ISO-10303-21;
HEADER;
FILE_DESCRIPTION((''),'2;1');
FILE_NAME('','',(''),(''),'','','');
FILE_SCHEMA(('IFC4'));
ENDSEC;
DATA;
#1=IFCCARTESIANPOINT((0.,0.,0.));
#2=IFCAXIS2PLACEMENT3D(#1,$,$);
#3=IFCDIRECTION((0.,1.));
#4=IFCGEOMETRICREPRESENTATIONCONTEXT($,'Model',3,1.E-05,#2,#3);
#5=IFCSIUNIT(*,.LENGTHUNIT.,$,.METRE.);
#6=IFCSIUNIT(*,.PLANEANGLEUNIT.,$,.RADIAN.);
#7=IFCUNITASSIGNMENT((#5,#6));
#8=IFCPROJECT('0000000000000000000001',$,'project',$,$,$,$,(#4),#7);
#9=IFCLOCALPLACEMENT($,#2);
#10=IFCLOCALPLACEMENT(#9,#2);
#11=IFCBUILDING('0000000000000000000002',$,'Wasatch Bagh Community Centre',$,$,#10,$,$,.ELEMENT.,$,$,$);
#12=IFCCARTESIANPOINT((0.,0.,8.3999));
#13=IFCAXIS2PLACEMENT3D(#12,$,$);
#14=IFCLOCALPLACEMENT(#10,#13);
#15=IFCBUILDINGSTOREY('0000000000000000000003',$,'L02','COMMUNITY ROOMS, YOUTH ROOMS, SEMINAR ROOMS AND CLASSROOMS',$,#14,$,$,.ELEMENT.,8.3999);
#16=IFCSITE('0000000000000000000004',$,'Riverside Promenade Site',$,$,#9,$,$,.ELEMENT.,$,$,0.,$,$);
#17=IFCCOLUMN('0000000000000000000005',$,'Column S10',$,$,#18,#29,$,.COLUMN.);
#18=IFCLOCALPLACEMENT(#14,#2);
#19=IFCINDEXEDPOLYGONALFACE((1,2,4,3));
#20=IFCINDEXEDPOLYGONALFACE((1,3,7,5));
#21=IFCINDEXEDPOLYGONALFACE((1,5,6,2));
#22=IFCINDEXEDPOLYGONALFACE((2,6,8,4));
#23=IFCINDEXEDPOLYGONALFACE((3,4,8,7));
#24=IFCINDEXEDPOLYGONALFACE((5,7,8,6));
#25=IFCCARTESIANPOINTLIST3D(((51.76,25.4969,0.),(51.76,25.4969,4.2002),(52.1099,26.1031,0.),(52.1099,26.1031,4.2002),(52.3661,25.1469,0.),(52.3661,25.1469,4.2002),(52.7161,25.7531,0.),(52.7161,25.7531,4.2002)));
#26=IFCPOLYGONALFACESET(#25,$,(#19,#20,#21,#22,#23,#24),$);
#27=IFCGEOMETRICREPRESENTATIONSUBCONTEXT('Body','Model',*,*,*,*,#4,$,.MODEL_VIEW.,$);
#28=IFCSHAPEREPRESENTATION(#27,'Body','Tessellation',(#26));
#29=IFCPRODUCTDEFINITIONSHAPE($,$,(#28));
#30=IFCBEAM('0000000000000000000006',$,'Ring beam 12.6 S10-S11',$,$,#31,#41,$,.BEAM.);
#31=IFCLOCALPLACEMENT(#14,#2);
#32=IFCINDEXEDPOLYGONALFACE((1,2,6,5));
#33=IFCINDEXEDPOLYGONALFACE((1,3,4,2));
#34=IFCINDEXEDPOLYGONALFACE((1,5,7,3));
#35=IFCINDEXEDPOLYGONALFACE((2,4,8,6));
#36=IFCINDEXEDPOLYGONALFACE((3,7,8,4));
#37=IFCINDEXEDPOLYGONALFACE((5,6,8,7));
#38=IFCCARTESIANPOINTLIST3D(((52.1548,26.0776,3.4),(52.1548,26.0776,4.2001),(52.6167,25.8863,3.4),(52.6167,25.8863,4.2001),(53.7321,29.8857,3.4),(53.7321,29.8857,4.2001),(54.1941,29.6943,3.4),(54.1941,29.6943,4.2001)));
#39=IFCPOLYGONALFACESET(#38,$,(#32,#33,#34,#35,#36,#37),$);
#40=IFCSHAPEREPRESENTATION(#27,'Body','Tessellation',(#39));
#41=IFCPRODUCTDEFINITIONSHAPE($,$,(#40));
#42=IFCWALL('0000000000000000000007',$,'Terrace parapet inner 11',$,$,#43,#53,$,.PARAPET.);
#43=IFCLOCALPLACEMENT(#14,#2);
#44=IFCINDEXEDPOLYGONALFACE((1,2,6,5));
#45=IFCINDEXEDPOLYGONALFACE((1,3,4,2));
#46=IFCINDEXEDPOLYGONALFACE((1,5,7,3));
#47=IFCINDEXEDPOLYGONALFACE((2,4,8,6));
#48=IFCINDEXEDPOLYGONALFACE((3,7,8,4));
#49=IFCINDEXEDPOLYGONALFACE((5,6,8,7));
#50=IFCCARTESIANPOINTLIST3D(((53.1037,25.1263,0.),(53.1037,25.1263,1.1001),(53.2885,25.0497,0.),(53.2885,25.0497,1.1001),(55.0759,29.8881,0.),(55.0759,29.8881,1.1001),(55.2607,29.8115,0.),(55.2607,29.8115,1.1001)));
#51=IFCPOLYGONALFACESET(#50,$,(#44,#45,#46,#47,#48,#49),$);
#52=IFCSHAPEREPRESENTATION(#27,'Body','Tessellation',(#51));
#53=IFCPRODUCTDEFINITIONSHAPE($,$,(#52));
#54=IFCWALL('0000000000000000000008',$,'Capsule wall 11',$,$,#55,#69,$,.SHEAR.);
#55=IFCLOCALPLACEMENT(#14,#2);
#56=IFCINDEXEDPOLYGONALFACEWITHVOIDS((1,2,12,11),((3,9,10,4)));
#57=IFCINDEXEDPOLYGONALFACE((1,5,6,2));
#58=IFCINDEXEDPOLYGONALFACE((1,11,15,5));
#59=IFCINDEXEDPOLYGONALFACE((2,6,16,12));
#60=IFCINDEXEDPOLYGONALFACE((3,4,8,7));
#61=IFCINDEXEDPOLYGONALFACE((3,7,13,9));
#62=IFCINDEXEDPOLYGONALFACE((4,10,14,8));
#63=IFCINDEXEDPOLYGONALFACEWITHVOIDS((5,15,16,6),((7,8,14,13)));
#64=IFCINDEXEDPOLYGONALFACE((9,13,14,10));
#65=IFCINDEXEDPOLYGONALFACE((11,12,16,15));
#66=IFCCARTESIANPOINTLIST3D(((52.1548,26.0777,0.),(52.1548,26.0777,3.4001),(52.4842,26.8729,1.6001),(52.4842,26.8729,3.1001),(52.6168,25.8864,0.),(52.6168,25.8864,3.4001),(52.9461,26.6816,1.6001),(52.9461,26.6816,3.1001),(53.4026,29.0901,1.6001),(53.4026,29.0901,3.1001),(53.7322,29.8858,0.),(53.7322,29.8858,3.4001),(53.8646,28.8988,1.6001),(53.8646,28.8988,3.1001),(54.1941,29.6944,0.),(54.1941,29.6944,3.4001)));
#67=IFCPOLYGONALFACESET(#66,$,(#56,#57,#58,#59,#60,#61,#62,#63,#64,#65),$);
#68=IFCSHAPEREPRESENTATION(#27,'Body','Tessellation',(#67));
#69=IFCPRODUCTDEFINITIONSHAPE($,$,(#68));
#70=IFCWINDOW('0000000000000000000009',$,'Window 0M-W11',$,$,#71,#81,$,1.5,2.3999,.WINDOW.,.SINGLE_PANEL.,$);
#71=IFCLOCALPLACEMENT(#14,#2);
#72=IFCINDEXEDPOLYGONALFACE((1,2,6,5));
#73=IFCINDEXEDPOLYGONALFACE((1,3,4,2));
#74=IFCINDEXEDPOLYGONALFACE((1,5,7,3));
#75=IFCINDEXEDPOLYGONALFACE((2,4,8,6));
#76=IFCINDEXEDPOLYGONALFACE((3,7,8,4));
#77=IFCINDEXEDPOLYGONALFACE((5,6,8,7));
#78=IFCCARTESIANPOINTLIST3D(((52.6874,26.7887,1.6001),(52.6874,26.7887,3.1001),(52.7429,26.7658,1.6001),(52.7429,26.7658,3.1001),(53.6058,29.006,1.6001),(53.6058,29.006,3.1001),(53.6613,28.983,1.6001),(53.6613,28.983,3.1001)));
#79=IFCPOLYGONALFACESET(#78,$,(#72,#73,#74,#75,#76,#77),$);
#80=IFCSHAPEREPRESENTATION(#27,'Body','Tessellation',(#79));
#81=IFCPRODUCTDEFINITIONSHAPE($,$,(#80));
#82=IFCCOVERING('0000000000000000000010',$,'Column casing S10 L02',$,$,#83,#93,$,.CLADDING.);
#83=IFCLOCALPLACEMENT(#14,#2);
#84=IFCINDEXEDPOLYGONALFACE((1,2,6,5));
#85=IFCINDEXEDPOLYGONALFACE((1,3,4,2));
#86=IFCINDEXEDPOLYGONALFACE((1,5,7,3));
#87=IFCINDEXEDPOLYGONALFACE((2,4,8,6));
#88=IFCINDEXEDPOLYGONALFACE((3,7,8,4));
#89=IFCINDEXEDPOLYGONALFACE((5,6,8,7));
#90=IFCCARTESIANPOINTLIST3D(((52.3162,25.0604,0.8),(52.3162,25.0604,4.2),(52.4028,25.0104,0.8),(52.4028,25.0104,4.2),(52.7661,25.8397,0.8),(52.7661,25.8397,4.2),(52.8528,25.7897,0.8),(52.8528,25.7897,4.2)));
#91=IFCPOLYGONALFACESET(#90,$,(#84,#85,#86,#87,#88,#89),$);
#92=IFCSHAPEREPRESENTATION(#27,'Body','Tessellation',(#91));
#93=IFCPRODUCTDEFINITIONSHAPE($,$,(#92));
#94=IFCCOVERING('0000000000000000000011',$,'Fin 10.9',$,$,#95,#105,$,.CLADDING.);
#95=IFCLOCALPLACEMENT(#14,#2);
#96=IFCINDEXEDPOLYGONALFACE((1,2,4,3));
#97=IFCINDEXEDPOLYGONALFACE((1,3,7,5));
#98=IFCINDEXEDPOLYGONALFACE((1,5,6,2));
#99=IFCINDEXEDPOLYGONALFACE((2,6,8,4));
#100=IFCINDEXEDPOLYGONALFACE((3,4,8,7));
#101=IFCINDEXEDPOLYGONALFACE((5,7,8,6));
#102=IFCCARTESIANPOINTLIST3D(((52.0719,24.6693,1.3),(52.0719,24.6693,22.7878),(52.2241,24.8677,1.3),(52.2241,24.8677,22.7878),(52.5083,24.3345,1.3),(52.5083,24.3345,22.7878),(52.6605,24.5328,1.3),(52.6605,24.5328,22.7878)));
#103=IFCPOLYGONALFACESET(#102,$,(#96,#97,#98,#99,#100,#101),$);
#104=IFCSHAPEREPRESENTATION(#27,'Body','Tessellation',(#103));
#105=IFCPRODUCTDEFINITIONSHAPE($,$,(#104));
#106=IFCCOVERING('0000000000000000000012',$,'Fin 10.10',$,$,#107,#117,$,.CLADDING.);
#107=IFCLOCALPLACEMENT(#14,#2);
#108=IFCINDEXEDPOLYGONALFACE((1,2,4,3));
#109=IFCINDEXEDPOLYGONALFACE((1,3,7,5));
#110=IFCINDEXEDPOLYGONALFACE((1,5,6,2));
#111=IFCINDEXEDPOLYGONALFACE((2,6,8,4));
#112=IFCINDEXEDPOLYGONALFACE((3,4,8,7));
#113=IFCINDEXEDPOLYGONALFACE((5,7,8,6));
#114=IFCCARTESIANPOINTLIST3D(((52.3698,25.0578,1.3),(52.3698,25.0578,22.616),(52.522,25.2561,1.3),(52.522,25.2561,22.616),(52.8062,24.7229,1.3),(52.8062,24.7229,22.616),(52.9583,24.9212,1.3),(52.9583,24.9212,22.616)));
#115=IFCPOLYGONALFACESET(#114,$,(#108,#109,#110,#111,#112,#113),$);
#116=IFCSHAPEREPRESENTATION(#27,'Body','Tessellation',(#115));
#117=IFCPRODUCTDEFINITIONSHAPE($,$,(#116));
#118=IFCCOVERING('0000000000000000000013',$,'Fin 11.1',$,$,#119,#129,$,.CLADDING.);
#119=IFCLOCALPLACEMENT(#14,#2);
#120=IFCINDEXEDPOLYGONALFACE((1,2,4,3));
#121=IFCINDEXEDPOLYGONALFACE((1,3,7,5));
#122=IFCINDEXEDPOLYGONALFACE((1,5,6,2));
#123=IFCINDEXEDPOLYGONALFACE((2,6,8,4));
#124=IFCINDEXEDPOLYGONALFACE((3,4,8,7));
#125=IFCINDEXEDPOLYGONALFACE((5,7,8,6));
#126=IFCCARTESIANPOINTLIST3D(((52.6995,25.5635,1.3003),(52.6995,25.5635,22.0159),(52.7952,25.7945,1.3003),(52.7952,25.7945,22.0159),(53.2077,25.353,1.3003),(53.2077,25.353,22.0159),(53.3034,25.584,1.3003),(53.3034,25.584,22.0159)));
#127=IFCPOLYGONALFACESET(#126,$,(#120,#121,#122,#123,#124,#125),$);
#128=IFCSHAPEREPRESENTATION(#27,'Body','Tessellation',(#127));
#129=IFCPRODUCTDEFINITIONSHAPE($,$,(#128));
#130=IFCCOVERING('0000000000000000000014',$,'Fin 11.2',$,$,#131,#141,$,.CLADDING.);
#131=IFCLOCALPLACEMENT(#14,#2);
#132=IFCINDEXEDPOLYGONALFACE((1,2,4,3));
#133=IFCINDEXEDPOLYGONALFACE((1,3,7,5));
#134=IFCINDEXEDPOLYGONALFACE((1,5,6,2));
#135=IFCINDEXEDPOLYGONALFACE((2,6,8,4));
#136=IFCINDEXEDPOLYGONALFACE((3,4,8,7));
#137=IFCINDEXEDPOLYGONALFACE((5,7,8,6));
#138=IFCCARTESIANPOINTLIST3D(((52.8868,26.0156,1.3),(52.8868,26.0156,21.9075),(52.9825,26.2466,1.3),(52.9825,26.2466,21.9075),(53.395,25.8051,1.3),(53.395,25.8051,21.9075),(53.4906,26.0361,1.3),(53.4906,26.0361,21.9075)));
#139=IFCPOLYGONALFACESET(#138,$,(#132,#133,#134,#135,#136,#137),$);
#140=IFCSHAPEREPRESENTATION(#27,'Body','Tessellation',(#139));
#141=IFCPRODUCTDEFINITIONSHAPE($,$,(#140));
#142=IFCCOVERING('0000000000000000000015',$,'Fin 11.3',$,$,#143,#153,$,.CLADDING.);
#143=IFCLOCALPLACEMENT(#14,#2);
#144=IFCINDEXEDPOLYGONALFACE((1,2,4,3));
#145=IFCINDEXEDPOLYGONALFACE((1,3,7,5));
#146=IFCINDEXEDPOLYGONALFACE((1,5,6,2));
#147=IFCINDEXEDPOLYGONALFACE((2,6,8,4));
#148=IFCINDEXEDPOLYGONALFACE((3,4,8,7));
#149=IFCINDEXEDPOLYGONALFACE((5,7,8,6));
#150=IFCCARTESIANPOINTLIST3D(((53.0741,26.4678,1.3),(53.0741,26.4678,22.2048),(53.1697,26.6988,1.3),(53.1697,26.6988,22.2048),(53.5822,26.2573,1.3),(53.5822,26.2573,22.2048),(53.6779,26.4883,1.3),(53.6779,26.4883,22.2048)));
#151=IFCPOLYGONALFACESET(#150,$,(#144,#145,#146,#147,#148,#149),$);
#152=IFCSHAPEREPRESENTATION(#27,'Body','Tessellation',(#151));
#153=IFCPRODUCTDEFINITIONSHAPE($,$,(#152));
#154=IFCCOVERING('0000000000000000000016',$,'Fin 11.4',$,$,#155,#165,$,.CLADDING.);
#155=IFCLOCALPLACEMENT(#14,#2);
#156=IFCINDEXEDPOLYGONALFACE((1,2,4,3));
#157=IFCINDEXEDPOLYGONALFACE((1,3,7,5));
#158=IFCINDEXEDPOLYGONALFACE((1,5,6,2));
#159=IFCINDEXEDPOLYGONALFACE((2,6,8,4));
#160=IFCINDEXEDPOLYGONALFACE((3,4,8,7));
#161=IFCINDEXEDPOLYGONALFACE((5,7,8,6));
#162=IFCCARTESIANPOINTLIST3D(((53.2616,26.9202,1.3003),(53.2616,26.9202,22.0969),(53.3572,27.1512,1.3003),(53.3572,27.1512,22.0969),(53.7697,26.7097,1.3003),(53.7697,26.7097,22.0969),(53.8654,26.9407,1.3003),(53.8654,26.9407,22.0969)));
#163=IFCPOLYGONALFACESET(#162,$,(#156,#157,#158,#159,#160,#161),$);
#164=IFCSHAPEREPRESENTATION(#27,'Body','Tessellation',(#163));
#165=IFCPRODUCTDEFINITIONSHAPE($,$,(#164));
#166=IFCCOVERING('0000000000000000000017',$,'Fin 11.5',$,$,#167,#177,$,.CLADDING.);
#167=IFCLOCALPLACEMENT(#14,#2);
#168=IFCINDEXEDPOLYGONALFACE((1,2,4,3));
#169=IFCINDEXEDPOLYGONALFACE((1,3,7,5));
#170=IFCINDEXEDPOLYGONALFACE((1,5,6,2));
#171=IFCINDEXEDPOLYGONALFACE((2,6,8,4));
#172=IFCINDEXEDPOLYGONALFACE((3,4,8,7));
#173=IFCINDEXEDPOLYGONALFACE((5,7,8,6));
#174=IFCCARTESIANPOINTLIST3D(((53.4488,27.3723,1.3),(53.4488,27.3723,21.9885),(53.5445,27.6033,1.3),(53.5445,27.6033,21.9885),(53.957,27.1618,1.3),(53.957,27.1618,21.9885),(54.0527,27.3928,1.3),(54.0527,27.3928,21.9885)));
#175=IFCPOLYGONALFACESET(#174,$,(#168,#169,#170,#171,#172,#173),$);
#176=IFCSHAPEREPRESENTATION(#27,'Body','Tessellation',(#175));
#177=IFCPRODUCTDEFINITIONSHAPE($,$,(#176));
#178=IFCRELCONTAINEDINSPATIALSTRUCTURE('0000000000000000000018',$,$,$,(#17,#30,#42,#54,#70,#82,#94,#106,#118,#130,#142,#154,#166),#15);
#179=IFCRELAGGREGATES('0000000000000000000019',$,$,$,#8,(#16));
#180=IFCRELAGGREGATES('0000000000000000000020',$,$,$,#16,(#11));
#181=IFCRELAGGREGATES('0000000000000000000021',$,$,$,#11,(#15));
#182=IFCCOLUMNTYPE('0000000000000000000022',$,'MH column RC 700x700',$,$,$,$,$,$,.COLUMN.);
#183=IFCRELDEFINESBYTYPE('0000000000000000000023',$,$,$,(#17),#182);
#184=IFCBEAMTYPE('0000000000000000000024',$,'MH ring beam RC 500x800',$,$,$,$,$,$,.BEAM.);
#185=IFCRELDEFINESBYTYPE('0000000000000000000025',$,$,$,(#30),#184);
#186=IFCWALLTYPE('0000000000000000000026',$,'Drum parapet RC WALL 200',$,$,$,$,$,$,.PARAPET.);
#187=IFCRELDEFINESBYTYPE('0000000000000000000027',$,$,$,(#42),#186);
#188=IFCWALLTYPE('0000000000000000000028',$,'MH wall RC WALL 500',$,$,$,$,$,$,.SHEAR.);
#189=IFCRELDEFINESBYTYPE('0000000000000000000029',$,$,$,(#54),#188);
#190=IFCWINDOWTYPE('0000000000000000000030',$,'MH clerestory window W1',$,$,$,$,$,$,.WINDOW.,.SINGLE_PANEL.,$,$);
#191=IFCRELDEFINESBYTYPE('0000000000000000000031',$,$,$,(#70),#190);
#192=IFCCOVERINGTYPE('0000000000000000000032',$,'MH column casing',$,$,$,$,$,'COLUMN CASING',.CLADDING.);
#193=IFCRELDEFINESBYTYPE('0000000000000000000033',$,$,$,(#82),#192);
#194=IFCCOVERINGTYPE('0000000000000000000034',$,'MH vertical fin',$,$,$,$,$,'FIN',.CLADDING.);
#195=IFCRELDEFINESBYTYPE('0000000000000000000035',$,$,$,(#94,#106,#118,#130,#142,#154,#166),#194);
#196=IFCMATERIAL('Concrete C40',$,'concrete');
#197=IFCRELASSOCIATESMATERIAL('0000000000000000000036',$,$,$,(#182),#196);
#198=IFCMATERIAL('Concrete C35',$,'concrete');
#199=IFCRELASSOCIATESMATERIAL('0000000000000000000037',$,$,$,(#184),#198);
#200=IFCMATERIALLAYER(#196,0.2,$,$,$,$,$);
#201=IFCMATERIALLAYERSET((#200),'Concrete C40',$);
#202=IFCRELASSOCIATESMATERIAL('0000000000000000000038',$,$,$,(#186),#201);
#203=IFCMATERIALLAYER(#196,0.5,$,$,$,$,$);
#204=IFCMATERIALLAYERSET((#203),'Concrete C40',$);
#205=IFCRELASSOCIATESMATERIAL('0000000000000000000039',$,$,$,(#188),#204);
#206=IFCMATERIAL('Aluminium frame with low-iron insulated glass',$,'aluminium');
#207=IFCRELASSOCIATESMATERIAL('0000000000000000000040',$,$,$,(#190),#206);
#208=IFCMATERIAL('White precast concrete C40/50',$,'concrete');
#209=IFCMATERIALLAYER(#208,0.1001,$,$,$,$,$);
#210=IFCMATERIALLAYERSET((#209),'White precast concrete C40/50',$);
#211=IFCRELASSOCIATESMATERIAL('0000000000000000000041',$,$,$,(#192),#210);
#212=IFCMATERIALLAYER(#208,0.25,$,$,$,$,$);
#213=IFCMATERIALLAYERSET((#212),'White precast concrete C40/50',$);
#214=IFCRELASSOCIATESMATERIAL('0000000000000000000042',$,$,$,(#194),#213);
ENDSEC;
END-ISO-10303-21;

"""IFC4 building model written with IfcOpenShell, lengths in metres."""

from ifc_helpers import new_model, si_unit, direction, frame, frame_2d, origin, origin_2d, place, context, subcontext, project, spatial, rectangle, extrude, material, layer, layer_set, material_profile, profile_set, type_object, element, fill, save


model = new_model("IFC4")

# Units and contexts
model_context = context("Model", 3, precision=1e-05, world=origin(), true_north=direction((0.0, 1.0)))
body_context = subcontext(model_context, "Body", "Model", "MODEL_VIEW")
ifc_project = project(units=[si_unit("LENGTHUNIT", "METRE"), si_unit("PLANEANGLEUNIT", "RADIAN")], contexts=[model_context])

# Site, building, storey
site_placement = place(None, origin())
site = spatial("IfcSite", under=ifc_project, at=site_placement, Name="Riverside Promenade Site", CompositionType="ELEMENT", RefElevation=0.0)
building_placement = place(site_placement, origin())
building = spatial("IfcBuilding", under=site, at=building_placement, Name="Wasatch Bagh Community Centre", CompositionType="ELEMENT")
storey_placement = place(building_placement, frame((0.0, 0.0, 8.3999)))
storey = spatial("IfcBuildingStorey", under=building, at=storey_placement, Name="L02", Description="COMMUNITY ROOMS, YOUTH ROOMS, SEMINAR ROOMS AND CLASSROOMS", CompositionType="ELEMENT", Elevation=8.3999)

# Column
ifc_material_1 = material(Name="Concrete C40", Category="concrete")
ifc_material_profile_1 = material_profile(ifc_material_1, rectangle(XDim=0.7, YDim=0.7, at=origin_2d()), Name="RC 700x700")
ifc_profile_set_1 = profile_set([ifc_material_profile_1], Name="Concrete C40")
column_type = type_object("IfcColumnType", Name="MH column RC 700x700", PredefinedType="COLUMN", material=ifc_profile_set_1)
column_placement = place(storey_placement, frame((52.238, 25.625, 0.0), z_axis=(0.0, 0.0, 1.0), x_axis=(0.5, 0.866025, 0.0)))
element("IfcColumn", 1, at=column_placement, inside=storey, type_object=column_type, Name="Column S10", PredefinedType="COLUMN", context=body_context, shape_type="SweptSolid", body=[
    extrude(rectangle(XDim=0.7, YDim=0.7, at=origin_2d()), origin(), (0.0, 0.0, 1.0), 4.2002),
])

# Beam
ifc_material_2 = material(Name="Concrete C35", Category="concrete")
ifc_material_profile_2 = material_profile(ifc_material_2, rectangle(XDim=0.5, YDim=0.8, at=origin_2d()), Name="RC 500x800")
ifc_profile_set_2 = profile_set([ifc_material_profile_2], Name="Concrete C35")
beam_type = type_object("IfcBeamType", Name="MH ring beam RC 500x800", PredefinedType="BEAM", material=ifc_profile_set_2)
beam_placement = place(storey_placement, frame((52.3857, 25.9819, 3.8), z_axis=(0.382688, 0.923878, 0.0), x_axis=(-0.923878, 0.382688, 0.0)))
element("IfcBeam", 2, at=beam_placement, inside=storey, type_object=beam_type, Name="Ring beam 12.6 S10-S11", PredefinedType="BEAM", context=body_context, shape_type="SweptSolid", body=[
    extrude(rectangle(XDim=0.5, YDim=0.8, at=origin_2d()), origin(), (0.0, 0.0, 1.0), 4.1218),
])

# Wall
ifc_layer_1 = layer(ifc_material_1, 0.2)
ifc_layer_set_1 = layer_set([ifc_layer_1], Name="Concrete C40")
wall_type_1 = type_object("IfcWallType", Name="Drum parapet RC WALL 200", PredefinedType="PARAPET", material=ifc_layer_set_1)
wall_1_placement = place(storey_placement, frame((53.196, 25.0879, 0.0), z_axis=(0.0, 0.0, 1.0), x_axis=(0.38265, 0.923893, 0.0)))
element("IfcWall", 3, at=wall_1_placement, inside=storey, type_object=wall_type_1, Name="Terrace parapet inner 11", PredefinedType="PARAPET", context=body_context, shape_type="SweptSolid", body=[
    extrude(rectangle(XDim=5.1541, YDim=0.2, at=frame_2d((2.5771, 0.0))), origin(), (0.0, 0.0, 1.0), 1.1001),
])

# Wall, opening, window
ifc_layer_2 = layer(ifc_material_1, 0.5)
ifc_layer_set_2 = layer_set([ifc_layer_2], Name="Concrete C40")
wall_type_2 = type_object("IfcWallType", Name="MH wall RC WALL 500", PredefinedType="SHEAR", material=ifc_layer_set_2)
wall_2_placement = place(storey_placement, frame((52.3857, 25.9819, 0.0), z_axis=(0.0, 0.0, 1.0), x_axis=(0.382688, 0.923878, 0.0)))
wall_2 = element("IfcWall", 4, at=wall_2_placement, inside=storey, type_object=wall_type_2, Name="Capsule wall 11", PredefinedType="SHEAR", context=body_context, shape_type="SweptSolid", body=[
    extrude(rectangle(XDim=4.1218, YDim=0.5, at=frame_2d((2.061, 0.0))), origin(), (0.0, 0.0, 1.0), 3.4001),
])
opening_placement = place(wall_2_placement, frame((0.8608, 0.0, 1.6001)))
opening = element("IfcOpeningElement", 5, at=opening_placement, cuts=wall_2, PredefinedType="OPENING", context=body_context, shape_type="SweptSolid", body=[
    extrude(rectangle(XDim=2.3999, YDim=1.5, at=frame_2d((1.2, 0.75))), frame((0.0, 0.26, 0.0), z_axis=(0.0, -1.0, 0.0), x_axis=(1.0, 0.0, 0.0)), (0.0, 0.0, 1.0), 0.52),
])
ifc_material_3 = material(Name="Aluminium frame with low-iron insulated glass", Category="aluminium")
window_type = type_object("IfcWindowType", Name="MH clerestory window W1", PartitioningType="SINGLE_PANEL", PredefinedType="WINDOW", material=ifc_material_3)
window_placement = place(opening_placement, origin())
window = element("IfcWindow", 6, at=window_placement, inside=storey, type_object=window_type, Name="Window 0M-W11", OverallHeight=1.5, OverallWidth=2.3999, PartitioningType="SINGLE_PANEL", PredefinedType="WINDOW", context=body_context, shape_type="SweptSolid", body=[
    extrude(rectangle(XDim=2.3999, YDim=1.5, at=frame_2d((1.2, 0.75))), frame((0.0, 0.03, 0.0), z_axis=(0.0, -1.0, 0.0), x_axis=(1.0, 0.0, 0.0)), (0.0, 0.0, 1.0), 0.0601),
])
fill(opening, window)

# Coverings
ifc_material_4 = material(Name="White precast concrete C40/50", Category="concrete")
ifc_layer_3 = layer(ifc_material_4, 0.1001)
ifc_layer_set_3 = layer_set([ifc_layer_3], Name="White precast concrete C40/50")
covering_type_1 = type_object("IfcCoveringType", Name="MH column casing", ElementType="COLUMN CASING", PredefinedType="CLADDING", material=ifc_layer_set_3)
covering_1_placement = place(storey_placement, frame((52.5845, 25.425, 0.8), z_axis=(0.0, 0.0, 1.0), x_axis=(0.5, 0.866025, 0.0)))
element("IfcCovering", 7, at=covering_1_placement, inside=storey, type_object=covering_type_1, Name="Column casing S10 L02", PredefinedType="CLADDING", context=body_context, shape_type="SweptSolid", body=[
    extrude(rectangle(XDim=0.8999, YDim=0.1001, at=origin_2d()), origin(), (0.0, 0.0, 1.0), 3.3999),
])
ifc_layer_4 = layer(ifc_material_4, 0.25)
ifc_layer_set_4 = layer_set([ifc_layer_4], Name="White precast concrete C40/50")
covering_type_2 = type_object("IfcCoveringType", Name="MH vertical fin", ElementType="FIN", PredefinedType="CLADDING", material=ifc_layer_set_4)
covering_2_placement = place(storey_placement, frame((52.3662, 24.6011, 1.3), z_axis=(0.0, 0.0, 1.0), x_axis=(0.608761, 0.793353, 0.0)))
element("IfcCovering", 8, at=covering_2_placement, inside=storey, type_object=covering_type_2, Name="Fin 10.9", PredefinedType="CLADDING", context=body_context, shape_type="SweptSolid", body=[
    extrude(rectangle(XDim=0.25, YDim=0.55, at=origin_2d()), origin(), (0.0, 0.0, 1.0), 21.4878),
])
covering_3_placement = place(storey_placement, frame((52.6641, 24.9895, 1.3), z_axis=(0.0, 0.0, 1.0), x_axis=(0.608761, 0.793353, 0.0)))
element("IfcCovering", 9, at=covering_3_placement, inside=storey, type_object=covering_type_2, Name="Fin 10.10", PredefinedType="CLADDING", context=body_context, shape_type="SweptSolid", body=[
    extrude(rectangle(XDim=0.25, YDim=0.55, at=origin_2d()), origin(), (0.0, 0.0, 1.0), 21.3159),
])
covering_4_placement = place(storey_placement, frame((53.0015, 25.5737, 1.3003), z_axis=(0.0, 0.0, 1.0), x_axis=(0.382683, 0.92388, 0.0)))
element("IfcCovering", 10, at=covering_4_placement, inside=storey, type_object=covering_type_2, Name="Fin 11.1", PredefinedType="CLADDING", context=body_context, shape_type="SweptSolid", body=[
    extrude(rectangle(XDim=0.25, YDim=0.55, at=origin_2d()), origin(), (0.0, 0.0, 1.0), 20.7156),
])
covering_5_placement = place(storey_placement, frame((53.1887, 26.0259, 1.3), z_axis=(0.0, 0.0, 1.0), x_axis=(0.382683, 0.92388, 0.0)))
element("IfcCovering", 11, at=covering_5_placement, inside=storey, type_object=covering_type_2, Name="Fin 11.2", PredefinedType="CLADDING", context=body_context, shape_type="SweptSolid", body=[
    extrude(rectangle(XDim=0.25, YDim=0.55, at=origin_2d()), origin(), (0.0, 0.0, 1.0), 20.6074),
])
covering_6_placement = place(storey_placement, frame((53.376, 26.478, 1.3), z_axis=(0.0, 0.0, 1.0), x_axis=(0.382683, 0.92388, 0.0)))
element("IfcCovering", 12, at=covering_6_placement, inside=storey, type_object=covering_type_2, Name="Fin 11.3", PredefinedType="CLADDING", context=body_context, shape_type="SweptSolid", body=[
    extrude(rectangle(XDim=0.25, YDim=0.55, at=origin_2d()), origin(), (0.0, 0.0, 1.0), 20.9048),
])
covering_7_placement = place(storey_placement, frame((53.5635, 26.9304, 1.3003), z_axis=(0.0, 0.0, 1.0), x_axis=(0.382683, 0.92388, 0.0)))
element("IfcCovering", 13, at=covering_7_placement, inside=storey, type_object=covering_type_2, Name="Fin 11.4", PredefinedType="CLADDING", context=body_context, shape_type="SweptSolid", body=[
    extrude(rectangle(XDim=0.25, YDim=0.55, at=origin_2d()), origin(), (0.0, 0.0, 1.0), 20.7966),
])
covering_8_placement = place(storey_placement, frame((53.7507, 27.3826, 1.3), z_axis=(0.0, 0.0, 1.0), x_axis=(0.382683, 0.92388, 0.0)))
element("IfcCovering", 14, at=covering_8_placement, inside=storey, type_object=covering_type_2, Name="Fin 11.5", PredefinedType="CLADDING", context=body_context, shape_type="SweptSolid", body=[
    extrude(rectangle(XDim=0.25, YDim=0.55, at=origin_2d()), origin(), (0.0, 0.0, 1.0), 20.6885),
])

save(model, "model.ifc")
